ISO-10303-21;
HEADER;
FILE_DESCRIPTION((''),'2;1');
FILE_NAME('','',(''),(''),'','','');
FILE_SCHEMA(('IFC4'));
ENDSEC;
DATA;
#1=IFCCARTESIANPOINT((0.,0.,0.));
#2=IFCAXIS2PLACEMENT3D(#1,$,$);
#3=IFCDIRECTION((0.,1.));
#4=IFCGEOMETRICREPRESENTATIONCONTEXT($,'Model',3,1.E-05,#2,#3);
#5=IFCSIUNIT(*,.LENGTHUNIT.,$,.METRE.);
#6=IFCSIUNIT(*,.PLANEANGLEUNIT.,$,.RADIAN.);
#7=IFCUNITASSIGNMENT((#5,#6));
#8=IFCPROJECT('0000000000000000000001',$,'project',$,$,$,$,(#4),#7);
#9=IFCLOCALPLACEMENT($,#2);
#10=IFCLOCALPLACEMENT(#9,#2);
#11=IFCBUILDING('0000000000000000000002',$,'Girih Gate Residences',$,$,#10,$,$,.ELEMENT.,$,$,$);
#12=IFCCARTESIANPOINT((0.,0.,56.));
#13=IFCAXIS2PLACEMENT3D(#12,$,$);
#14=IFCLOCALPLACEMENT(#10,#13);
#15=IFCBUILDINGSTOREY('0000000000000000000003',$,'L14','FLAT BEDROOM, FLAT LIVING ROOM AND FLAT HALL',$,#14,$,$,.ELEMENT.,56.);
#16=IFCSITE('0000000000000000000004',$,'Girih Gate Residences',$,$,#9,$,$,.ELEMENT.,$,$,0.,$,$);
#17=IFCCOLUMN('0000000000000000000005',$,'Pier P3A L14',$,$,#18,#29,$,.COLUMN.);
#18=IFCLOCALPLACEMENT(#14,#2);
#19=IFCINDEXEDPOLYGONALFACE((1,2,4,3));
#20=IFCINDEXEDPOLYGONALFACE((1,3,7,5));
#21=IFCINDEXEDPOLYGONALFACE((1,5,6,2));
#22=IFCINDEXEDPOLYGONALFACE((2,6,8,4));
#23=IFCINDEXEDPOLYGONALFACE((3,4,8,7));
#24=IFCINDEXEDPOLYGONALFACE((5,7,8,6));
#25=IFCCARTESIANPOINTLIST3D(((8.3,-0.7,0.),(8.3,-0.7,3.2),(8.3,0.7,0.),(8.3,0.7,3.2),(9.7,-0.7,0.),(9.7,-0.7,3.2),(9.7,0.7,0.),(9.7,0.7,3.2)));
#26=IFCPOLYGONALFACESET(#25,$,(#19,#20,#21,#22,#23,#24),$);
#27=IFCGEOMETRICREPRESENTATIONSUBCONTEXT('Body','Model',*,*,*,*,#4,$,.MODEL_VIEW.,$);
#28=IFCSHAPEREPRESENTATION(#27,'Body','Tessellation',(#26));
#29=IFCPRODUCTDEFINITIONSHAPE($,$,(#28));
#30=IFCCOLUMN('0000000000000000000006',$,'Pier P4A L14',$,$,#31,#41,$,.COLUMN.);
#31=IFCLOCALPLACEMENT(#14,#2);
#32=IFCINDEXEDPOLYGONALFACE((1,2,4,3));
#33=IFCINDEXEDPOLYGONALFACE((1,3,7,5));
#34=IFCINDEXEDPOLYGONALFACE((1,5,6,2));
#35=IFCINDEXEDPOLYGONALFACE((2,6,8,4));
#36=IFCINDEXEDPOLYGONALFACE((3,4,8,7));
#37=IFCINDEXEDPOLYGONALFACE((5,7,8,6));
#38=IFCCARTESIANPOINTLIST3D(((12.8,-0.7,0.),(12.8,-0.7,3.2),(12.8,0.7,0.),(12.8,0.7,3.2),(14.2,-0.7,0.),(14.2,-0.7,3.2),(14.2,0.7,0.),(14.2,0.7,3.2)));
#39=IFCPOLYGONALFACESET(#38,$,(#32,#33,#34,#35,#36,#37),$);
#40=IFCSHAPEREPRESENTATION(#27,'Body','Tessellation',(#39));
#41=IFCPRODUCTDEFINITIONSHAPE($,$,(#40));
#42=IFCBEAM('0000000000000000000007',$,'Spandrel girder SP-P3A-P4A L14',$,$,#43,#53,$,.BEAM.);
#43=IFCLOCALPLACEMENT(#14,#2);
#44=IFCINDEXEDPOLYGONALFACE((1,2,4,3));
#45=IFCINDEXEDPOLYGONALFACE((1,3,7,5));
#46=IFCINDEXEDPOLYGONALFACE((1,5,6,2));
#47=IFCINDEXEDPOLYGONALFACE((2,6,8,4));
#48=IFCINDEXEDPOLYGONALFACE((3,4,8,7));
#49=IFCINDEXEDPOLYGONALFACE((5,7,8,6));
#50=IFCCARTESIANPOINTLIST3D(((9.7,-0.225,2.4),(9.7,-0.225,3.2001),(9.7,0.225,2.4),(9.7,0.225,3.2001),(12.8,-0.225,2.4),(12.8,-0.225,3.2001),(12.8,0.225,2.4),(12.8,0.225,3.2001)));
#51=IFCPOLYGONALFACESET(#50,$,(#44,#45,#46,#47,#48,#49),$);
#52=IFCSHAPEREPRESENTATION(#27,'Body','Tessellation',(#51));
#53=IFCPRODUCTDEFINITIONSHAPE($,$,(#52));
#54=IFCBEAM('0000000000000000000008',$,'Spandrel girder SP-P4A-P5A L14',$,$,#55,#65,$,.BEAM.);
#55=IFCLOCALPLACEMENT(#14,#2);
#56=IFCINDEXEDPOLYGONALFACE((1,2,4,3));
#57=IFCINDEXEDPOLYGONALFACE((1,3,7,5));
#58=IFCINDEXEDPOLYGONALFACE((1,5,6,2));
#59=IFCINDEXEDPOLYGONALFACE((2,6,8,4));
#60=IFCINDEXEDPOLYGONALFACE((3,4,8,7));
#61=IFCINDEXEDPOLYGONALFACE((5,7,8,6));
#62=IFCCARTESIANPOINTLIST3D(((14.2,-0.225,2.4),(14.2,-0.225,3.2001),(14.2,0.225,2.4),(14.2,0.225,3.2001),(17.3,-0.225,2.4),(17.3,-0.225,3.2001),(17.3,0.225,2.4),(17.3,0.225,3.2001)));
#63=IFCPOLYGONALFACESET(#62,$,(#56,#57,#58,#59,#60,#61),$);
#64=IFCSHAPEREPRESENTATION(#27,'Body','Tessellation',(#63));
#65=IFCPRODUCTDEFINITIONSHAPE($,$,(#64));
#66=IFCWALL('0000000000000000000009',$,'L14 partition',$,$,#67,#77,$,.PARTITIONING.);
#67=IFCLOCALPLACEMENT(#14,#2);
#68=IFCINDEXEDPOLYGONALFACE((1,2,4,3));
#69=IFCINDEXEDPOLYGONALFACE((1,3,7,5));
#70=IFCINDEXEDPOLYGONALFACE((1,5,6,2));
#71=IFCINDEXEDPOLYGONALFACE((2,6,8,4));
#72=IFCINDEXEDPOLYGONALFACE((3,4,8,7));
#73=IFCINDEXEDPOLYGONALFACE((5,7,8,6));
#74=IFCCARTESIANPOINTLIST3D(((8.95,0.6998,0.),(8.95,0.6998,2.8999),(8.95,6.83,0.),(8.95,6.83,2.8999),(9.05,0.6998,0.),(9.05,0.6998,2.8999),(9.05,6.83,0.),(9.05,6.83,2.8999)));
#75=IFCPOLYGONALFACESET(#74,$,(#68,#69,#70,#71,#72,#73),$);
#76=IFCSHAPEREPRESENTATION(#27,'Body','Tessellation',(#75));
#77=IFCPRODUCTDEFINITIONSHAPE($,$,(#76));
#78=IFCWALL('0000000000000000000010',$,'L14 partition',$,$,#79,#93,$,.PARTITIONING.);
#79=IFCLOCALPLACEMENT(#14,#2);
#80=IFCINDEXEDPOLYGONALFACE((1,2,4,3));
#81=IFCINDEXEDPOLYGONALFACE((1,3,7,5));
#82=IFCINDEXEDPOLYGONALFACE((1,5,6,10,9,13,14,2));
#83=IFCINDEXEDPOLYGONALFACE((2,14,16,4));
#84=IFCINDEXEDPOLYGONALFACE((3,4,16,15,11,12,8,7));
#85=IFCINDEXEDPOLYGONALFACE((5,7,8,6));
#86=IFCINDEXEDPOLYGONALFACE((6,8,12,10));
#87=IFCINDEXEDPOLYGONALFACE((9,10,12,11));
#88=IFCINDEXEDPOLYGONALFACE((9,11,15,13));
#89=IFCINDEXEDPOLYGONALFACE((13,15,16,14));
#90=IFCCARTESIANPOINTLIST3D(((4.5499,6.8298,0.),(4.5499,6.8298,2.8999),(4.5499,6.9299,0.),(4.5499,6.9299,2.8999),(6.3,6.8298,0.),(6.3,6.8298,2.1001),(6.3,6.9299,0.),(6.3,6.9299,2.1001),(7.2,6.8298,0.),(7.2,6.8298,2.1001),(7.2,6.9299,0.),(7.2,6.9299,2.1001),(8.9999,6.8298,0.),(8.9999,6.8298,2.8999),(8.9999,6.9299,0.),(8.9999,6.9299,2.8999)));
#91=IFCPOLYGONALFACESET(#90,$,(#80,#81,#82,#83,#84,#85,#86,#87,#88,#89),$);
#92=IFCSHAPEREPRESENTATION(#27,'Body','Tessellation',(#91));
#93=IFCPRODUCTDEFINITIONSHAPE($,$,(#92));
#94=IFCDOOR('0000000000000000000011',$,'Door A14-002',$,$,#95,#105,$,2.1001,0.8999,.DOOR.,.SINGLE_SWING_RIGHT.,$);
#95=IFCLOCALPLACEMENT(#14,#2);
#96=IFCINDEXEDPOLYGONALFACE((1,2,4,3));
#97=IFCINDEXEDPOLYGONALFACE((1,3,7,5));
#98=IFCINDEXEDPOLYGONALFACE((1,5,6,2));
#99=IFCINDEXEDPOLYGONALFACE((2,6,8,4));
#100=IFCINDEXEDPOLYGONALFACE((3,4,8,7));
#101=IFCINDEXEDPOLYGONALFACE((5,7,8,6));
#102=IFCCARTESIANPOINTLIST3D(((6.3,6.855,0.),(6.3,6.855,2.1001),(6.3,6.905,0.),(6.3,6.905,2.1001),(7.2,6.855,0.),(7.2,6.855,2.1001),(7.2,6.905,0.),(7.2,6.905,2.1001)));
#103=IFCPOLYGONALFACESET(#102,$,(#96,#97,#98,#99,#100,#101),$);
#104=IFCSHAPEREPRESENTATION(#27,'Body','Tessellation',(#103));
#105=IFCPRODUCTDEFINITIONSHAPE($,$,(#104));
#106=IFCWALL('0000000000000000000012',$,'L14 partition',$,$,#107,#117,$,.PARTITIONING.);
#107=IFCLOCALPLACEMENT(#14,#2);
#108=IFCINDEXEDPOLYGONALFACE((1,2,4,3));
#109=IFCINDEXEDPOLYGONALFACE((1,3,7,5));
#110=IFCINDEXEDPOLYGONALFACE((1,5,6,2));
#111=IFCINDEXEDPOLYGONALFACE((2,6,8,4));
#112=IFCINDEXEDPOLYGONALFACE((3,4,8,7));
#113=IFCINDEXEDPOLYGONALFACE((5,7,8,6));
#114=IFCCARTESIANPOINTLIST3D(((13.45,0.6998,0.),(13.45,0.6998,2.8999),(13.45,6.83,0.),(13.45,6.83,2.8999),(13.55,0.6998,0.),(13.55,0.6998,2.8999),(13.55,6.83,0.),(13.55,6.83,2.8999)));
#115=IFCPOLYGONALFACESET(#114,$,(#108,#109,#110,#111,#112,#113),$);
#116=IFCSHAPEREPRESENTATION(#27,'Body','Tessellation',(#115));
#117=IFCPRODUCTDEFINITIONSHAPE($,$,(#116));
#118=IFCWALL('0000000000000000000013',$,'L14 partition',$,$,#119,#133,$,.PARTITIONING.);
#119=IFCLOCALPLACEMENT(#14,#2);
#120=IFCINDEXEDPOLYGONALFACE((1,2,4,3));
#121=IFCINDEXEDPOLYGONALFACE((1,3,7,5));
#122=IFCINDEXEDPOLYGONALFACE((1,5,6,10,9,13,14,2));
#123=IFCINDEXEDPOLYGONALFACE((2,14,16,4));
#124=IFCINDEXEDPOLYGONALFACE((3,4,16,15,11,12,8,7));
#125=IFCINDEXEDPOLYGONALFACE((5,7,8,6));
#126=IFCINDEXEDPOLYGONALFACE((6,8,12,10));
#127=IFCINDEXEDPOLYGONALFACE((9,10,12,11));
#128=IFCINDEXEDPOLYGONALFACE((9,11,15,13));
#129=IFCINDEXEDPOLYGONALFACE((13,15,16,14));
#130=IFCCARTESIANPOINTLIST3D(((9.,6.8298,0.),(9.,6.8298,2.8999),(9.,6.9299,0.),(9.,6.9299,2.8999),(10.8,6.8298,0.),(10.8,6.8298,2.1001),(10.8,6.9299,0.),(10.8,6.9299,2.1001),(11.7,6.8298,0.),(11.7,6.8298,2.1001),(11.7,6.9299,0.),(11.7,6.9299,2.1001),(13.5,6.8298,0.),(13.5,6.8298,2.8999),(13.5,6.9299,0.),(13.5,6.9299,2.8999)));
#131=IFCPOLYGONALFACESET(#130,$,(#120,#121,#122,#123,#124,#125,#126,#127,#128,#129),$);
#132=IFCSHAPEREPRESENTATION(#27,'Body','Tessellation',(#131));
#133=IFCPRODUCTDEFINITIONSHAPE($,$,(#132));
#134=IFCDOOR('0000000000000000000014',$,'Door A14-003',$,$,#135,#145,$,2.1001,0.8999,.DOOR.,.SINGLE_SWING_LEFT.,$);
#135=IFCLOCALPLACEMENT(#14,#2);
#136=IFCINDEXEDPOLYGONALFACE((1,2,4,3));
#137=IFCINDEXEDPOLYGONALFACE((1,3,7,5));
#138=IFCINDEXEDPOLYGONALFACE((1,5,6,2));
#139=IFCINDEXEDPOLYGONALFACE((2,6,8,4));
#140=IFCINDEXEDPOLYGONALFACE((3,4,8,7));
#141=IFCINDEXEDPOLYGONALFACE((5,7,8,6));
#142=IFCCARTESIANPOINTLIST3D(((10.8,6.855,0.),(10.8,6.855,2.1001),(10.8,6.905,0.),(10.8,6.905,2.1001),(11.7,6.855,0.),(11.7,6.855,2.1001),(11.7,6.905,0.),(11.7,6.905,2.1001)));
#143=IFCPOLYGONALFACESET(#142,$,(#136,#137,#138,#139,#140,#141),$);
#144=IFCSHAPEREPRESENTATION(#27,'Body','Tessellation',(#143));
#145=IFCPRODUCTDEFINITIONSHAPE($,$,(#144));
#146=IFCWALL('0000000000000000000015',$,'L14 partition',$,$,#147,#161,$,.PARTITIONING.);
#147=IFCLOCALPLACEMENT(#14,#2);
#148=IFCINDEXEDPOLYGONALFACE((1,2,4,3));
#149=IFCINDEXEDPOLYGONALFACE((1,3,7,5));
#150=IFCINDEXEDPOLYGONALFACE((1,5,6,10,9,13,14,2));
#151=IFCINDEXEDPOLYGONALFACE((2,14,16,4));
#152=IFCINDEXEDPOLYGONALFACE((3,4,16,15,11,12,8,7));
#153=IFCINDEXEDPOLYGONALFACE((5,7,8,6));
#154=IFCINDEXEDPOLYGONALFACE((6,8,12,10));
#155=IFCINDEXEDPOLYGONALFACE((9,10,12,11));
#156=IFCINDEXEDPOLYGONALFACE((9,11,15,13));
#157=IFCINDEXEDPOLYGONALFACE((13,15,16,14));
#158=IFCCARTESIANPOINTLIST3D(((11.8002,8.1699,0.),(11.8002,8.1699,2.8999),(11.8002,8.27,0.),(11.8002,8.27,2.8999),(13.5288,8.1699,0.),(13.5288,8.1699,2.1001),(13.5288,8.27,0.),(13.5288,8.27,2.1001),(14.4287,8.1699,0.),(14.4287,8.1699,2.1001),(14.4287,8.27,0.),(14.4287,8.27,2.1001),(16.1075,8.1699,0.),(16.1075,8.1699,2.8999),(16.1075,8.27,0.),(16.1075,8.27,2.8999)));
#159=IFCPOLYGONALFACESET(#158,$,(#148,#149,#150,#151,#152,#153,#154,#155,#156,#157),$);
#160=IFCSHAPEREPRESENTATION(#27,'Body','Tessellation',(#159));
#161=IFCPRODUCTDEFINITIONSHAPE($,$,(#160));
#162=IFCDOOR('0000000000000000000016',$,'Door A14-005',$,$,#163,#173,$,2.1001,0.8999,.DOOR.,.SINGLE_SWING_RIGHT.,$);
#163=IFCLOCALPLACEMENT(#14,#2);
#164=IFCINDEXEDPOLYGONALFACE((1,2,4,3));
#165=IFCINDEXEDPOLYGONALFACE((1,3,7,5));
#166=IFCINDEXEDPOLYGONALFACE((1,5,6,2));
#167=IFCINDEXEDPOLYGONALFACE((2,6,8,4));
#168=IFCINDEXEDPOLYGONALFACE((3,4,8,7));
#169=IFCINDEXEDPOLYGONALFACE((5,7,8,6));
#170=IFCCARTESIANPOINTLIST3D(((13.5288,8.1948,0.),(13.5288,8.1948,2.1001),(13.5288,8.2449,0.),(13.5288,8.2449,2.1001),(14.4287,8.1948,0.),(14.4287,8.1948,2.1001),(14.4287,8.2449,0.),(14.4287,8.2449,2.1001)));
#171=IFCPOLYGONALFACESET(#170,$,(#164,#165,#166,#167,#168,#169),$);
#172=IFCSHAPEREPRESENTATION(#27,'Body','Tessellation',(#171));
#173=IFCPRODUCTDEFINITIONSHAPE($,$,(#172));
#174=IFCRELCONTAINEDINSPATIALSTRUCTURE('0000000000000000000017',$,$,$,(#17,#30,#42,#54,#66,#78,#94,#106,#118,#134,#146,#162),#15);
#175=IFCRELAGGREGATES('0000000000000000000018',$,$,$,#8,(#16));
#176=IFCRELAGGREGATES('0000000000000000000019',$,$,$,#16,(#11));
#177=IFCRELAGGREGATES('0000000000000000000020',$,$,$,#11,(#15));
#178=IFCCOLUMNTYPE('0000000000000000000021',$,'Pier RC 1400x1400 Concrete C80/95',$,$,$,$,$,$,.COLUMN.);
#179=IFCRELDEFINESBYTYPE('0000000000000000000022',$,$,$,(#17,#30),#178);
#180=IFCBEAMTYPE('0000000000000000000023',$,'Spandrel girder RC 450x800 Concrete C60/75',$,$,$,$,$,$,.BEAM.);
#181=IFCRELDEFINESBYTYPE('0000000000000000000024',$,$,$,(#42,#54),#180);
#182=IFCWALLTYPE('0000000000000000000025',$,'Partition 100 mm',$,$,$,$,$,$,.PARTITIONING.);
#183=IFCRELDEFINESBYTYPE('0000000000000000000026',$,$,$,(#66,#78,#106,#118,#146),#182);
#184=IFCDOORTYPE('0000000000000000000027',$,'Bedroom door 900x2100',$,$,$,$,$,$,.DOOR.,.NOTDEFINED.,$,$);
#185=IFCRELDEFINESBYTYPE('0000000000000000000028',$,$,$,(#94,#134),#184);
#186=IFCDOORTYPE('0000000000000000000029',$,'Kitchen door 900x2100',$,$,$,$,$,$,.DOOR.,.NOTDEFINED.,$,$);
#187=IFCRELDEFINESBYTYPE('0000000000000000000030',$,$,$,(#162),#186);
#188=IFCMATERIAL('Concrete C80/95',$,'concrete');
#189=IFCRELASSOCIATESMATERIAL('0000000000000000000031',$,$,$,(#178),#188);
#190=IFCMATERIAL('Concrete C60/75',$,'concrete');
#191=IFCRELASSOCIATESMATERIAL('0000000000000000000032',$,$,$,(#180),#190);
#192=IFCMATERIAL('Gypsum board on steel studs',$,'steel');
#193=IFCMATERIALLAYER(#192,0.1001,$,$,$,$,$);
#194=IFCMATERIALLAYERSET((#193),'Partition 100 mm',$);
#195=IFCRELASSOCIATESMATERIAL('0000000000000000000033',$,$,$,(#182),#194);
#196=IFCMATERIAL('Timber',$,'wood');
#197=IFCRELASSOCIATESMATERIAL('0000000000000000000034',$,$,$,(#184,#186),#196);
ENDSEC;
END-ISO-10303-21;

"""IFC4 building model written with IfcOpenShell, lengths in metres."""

from ifc_helpers import new_model, si_unit, direction, frame, frame_2d, origin, origin_2d, place, context, subcontext, project, spatial, rectangle, extrude, material, layer, layer_set, material_profile, profile_set, type_object, element, fill, save


model = new_model("IFC4")

# Units and contexts
model_context = context("Model", 3, precision=1e-05, world=origin(), true_north=direction((0.0, 1.0)))
body_context = subcontext(model_context, "Body", "Model", "MODEL_VIEW")
ifc_project = project(units=[si_unit("LENGTHUNIT", "METRE"), si_unit("PLANEANGLEUNIT", "RADIAN")], contexts=[model_context])

# Site, building, storey
site_placement = place(None, origin())
site = spatial("IfcSite", under=ifc_project, at=site_placement, Name="Girih Gate Residences", CompositionType="ELEMENT", RefElevation=0.0)
building_placement = place(site_placement, origin())
building = spatial("IfcBuilding", under=site, at=building_placement, Name="Girih Gate Residences", CompositionType="ELEMENT")
storey_placement = place(building_placement, frame((0.0, 0.0, 56.0)))
storey = spatial("IfcBuildingStorey", under=building, at=storey_placement, Name="L14", Description="FLAT BEDROOM, FLAT LIVING ROOM AND FLAT HALL", CompositionType="ELEMENT", Elevation=56.0)

# Columns
ifc_material_1 = material(Name="Concrete C80/95", Category="concrete")
ifc_material_profile_1 = material_profile(ifc_material_1, rectangle(XDim=1.3999, YDim=1.3999, at=origin_2d()))
ifc_profile_set_1 = profile_set([ifc_material_profile_1], Name="Concrete C80/95")
column_type = type_object("IfcColumnType", Name="Pier RC 1400x1400 Concrete C80/95", PredefinedType="COLUMN", material=ifc_profile_set_1)
for number, where, z_axis, x_axis, name in (
    (1, (9.0, 0.0, 0.0), (0.0, 0.0, 1.0), (1.0, 0.0, 0.0), "Pier P3A L14"),
    (2, (13.5, 0.0, 0.0), (0.0, 0.0, 1.0), (1.0, 0.0, 0.0), "Pier P4A L14"),
):
    element("IfcColumn", number, at=place(storey_placement, frame(where, z_axis=z_axis, x_axis=x_axis)), inside=storey, type_object=column_type, Name=name, PredefinedType="COLUMN", context=body_context, shape_type="SweptSolid", body=[
        extrude(rectangle(XDim=1.3999, YDim=1.3999, at=origin_2d()), origin(), (0.0, 0.0, 1.0), 3.2),
    ])

# Beams
ifc_material_2 = material(Name="Concrete C60/75", Category="concrete")
ifc_material_profile_2 = material_profile(ifc_material_2, rectangle(XDim=0.45, YDim=0.8, at=origin_2d()))
ifc_profile_set_2 = profile_set([ifc_material_profile_2], Name="Concrete C60/75")
beam_type = type_object("IfcBeamType", Name="Spandrel girder RC 450x800 Concrete C60/75", PredefinedType="BEAM", material=ifc_profile_set_2)
for number, where, z_axis, x_axis, name in (
    (3, (9.7, 0.0, 2.8), (1.0, 0.0, 0.0), (0.0, 1.0, 0.0), "Spandrel girder SP-P3A-P4A L14"),
    (4, (14.2, 0.0, 2.8), (1.0, 0.0, 0.0), (0.0, 1.0, 0.0), "Spandrel girder SP-P4A-P5A L14"),
):
    element("IfcBeam", number, at=place(storey_placement, frame(where, z_axis=z_axis, x_axis=x_axis)), inside=storey, type_object=beam_type, Name=name, PredefinedType="BEAM", context=body_context, shape_type="SweptSolid", body=[
        extrude(rectangle(XDim=0.45, YDim=0.8, at=origin_2d()), origin(), (0.0, 0.0, 1.0), 3.1001),
    ])

# Wall
ifc_material_3 = material(Name="Gypsum board on steel studs", Category="steel")
ifc_layer_1 = layer(ifc_material_3, 0.1001)
ifc_layer_set_1 = layer_set([ifc_layer_1], Name="Partition 100 mm")
wall_type_1 = type_object("IfcWallType", Name="Partition 100 mm", PredefinedType="PARTITIONING", material=ifc_layer_set_1)
wall_1_placement = place(storey_placement, frame((9.0, 0.7, 0.0), z_axis=(0.0, 0.0, 1.0), x_axis=(0.0, 1.0, 0.0)))
element("IfcWall", 5, at=wall_1_placement, inside=storey, type_object=wall_type_1, Name="L14 partition", PredefinedType="PARTITIONING", context=body_context, shape_type="SweptSolid", body=[
    extrude(rectangle(XDim=6.1301, YDim=0.1001, at=frame_2d((3.0649, 0.0))), origin(), (0.0, 0.0, 1.0), 2.8999),
])

# Wall, opening, door
wall_2_placement = place(storey_placement, frame((9.0, 6.8799, 0.0), z_axis=(0.0, 0.0, 1.0), x_axis=(-1.0, 0.0, 0.0)))
wall_2 = element("IfcWall", 6, at=wall_2_placement, inside=storey, type_object=wall_type_1, Name="L14 partition", PredefinedType="PARTITIONING", context=body_context, shape_type="SweptSolid", body=[
    extrude(rectangle(XDim=4.45, YDim=0.1001, at=frame_2d((2.2251, 0.0))), origin(), (0.0, 0.0, 1.0), 2.8999),
])
opening_1_placement = place(wall_2_placement, frame((1.8, 0.0, 0.0)))
opening_1 = element("IfcOpeningElement", 7, at=opening_1_placement, cuts=wall_2, PredefinedType="OPENING", context=body_context, shape_type="SweptSolid", body=[
    extrude(rectangle(XDim=0.8999, YDim=2.1001, at=frame_2d((0.45, 1.05))), frame((0.0, 0.0601, 0.0), z_axis=(0.0, -1.0, 0.0), x_axis=(1.0, 0.0, 0.0)), (0.0, 0.0, 1.0), 0.1201),
])
ifc_material_4 = material(Name="Timber", Category="wood")
door_type_1 = type_object("IfcDoorType", Name="Bedroom door 900x2100", OperationType="NOTDEFINED", PredefinedType="DOOR", material=ifc_material_4)
door_1_placement = place(opening_1_placement, origin())
door_1 = element("IfcDoor", 8, at=door_1_placement, inside=storey, type_object=door_type_1, Name="Door A14-002", OperationType="SINGLE_SWING_RIGHT", OverallHeight=2.1001, OverallWidth=0.8999, PredefinedType="DOOR", context=body_context, shape_type="SweptSolid", body=[
    extrude(rectangle(XDim=0.8999, YDim=2.1001, at=frame_2d((0.45, 1.05))), frame((0.0, 0.0249, 0.0), z_axis=(0.0, -1.0, 0.0), x_axis=(1.0, 0.0, 0.0)), (0.0, 0.0, 1.0), 0.05),
])
fill(opening_1, door_1)

# Wall
wall_3_placement = place(storey_placement, frame((13.5, 0.7, 0.0), z_axis=(0.0, 0.0, 1.0), x_axis=(0.0, 1.0, 0.0)))
element("IfcWall", 9, at=wall_3_placement, inside=storey, type_object=wall_type_1, Name="L14 partition", PredefinedType="PARTITIONING", context=body_context, shape_type="SweptSolid", body=[
    extrude(rectangle(XDim=6.1301, YDim=0.1001, at=frame_2d((3.0649, 0.0))), origin(), (0.0, 0.0, 1.0), 2.8999),
])

# Walls, openings, doors
wall_4_placement = place(storey_placement, frame((13.5, 6.8799, 0.0), z_axis=(0.0, 0.0, 1.0), x_axis=(-1.0, 0.0, 0.0)))
wall_4 = element("IfcWall", 10, at=wall_4_placement, inside=storey, type_object=wall_type_1, Name="L14 partition", PredefinedType="PARTITIONING", context=body_context, shape_type="SweptSolid", body=[
    extrude(rectangle(XDim=4.5, YDim=0.1001, at=frame_2d((2.25, 0.0))), origin(), (0.0, 0.0, 1.0), 2.8999),
])
opening_2_placement = place(wall_4_placement, frame((1.8, 0.0, 0.0)))
opening_2 = element("IfcOpeningElement", 11, at=opening_2_placement, cuts=wall_4, PredefinedType="OPENING", context=body_context, shape_type="SweptSolid", body=[
    extrude(rectangle(XDim=0.8999, YDim=2.1001, at=frame_2d((0.45, 1.05))), frame((0.0, 0.0601, 0.0), z_axis=(0.0, -1.0, 0.0), x_axis=(1.0, 0.0, 0.0)), (0.0, 0.0, 1.0), 0.1201),
])
door_2_placement = place(opening_2_placement, origin())
door_2 = element("IfcDoor", 12, at=door_2_placement, inside=storey, type_object=door_type_1, Name="Door A14-003", OperationType="SINGLE_SWING_LEFT", OverallHeight=2.1001, OverallWidth=0.8999, PredefinedType="DOOR", context=body_context, shape_type="SweptSolid", body=[
    extrude(rectangle(XDim=0.8999, YDim=2.1001, at=frame_2d((0.45, 1.05))), frame((0.0, 0.0249, 0.0), z_axis=(0.0, -1.0, 0.0), x_axis=(1.0, 0.0, 0.0)), (0.0, 0.0, 1.0), 0.05),
])
fill(opening_2, door_2)
wall_5_placement = place(storey_placement, frame((11.8, 8.22, 0.0), z_axis=(0.0, 0.0, 1.0), x_axis=(1.0, 0.0, 0.0)))
wall_5 = element("IfcWall", 13, at=wall_5_placement, inside=storey, type_object=wall_type_1, Name="L14 partition", PredefinedType="PARTITIONING", context=body_context, shape_type="SweptSolid", body=[
    extrude(rectangle(XDim=4.3074, YDim=0.1001, at=frame_2d((2.1538, 0.0))), origin(), (0.0, 0.0, 1.0), 2.8999),
])
opening_3_placement = place(wall_5_placement, frame((1.7288, 0.0, 0.0)))
opening_3 = element("IfcOpeningElement", 14, at=opening_3_placement, cuts=wall_5, PredefinedType="OPENING", context=body_context, shape_type="SweptSolid", body=[
    extrude(rectangle(XDim=0.8999, YDim=2.1001, at=frame_2d((0.45, 1.05))), frame((0.0, 0.0601, 0.0), z_axis=(0.0, -1.0, 0.0), x_axis=(1.0, 0.0, 0.0)), (0.0, 0.0, 1.0), 0.1201),
])
door_type_2 = type_object("IfcDoorType", Name="Kitchen door 900x2100", OperationType="NOTDEFINED", PredefinedType="DOOR", material=ifc_material_4)
door_3_placement = place(opening_3_placement, origin())
door_3 = element("IfcDoor", 15, at=door_3_placement, inside=storey, type_object=door_type_2, Name="Door A14-005", OperationType="SINGLE_SWING_RIGHT", OverallHeight=2.1001, OverallWidth=0.8999, PredefinedType="DOOR", context=body_context, shape_type="SweptSolid", body=[
    extrude(rectangle(XDim=0.8999, YDim=2.1001, at=frame_2d((0.45, 1.05))), frame((0.0, 0.0249, 0.0), z_axis=(0.0, -1.0, 0.0), x_axis=(1.0, 0.0, 0.0)), (0.0, 0.0, 1.0), 0.05),
])
fill(opening_3, door_3)

save(model, "model.ifc")
